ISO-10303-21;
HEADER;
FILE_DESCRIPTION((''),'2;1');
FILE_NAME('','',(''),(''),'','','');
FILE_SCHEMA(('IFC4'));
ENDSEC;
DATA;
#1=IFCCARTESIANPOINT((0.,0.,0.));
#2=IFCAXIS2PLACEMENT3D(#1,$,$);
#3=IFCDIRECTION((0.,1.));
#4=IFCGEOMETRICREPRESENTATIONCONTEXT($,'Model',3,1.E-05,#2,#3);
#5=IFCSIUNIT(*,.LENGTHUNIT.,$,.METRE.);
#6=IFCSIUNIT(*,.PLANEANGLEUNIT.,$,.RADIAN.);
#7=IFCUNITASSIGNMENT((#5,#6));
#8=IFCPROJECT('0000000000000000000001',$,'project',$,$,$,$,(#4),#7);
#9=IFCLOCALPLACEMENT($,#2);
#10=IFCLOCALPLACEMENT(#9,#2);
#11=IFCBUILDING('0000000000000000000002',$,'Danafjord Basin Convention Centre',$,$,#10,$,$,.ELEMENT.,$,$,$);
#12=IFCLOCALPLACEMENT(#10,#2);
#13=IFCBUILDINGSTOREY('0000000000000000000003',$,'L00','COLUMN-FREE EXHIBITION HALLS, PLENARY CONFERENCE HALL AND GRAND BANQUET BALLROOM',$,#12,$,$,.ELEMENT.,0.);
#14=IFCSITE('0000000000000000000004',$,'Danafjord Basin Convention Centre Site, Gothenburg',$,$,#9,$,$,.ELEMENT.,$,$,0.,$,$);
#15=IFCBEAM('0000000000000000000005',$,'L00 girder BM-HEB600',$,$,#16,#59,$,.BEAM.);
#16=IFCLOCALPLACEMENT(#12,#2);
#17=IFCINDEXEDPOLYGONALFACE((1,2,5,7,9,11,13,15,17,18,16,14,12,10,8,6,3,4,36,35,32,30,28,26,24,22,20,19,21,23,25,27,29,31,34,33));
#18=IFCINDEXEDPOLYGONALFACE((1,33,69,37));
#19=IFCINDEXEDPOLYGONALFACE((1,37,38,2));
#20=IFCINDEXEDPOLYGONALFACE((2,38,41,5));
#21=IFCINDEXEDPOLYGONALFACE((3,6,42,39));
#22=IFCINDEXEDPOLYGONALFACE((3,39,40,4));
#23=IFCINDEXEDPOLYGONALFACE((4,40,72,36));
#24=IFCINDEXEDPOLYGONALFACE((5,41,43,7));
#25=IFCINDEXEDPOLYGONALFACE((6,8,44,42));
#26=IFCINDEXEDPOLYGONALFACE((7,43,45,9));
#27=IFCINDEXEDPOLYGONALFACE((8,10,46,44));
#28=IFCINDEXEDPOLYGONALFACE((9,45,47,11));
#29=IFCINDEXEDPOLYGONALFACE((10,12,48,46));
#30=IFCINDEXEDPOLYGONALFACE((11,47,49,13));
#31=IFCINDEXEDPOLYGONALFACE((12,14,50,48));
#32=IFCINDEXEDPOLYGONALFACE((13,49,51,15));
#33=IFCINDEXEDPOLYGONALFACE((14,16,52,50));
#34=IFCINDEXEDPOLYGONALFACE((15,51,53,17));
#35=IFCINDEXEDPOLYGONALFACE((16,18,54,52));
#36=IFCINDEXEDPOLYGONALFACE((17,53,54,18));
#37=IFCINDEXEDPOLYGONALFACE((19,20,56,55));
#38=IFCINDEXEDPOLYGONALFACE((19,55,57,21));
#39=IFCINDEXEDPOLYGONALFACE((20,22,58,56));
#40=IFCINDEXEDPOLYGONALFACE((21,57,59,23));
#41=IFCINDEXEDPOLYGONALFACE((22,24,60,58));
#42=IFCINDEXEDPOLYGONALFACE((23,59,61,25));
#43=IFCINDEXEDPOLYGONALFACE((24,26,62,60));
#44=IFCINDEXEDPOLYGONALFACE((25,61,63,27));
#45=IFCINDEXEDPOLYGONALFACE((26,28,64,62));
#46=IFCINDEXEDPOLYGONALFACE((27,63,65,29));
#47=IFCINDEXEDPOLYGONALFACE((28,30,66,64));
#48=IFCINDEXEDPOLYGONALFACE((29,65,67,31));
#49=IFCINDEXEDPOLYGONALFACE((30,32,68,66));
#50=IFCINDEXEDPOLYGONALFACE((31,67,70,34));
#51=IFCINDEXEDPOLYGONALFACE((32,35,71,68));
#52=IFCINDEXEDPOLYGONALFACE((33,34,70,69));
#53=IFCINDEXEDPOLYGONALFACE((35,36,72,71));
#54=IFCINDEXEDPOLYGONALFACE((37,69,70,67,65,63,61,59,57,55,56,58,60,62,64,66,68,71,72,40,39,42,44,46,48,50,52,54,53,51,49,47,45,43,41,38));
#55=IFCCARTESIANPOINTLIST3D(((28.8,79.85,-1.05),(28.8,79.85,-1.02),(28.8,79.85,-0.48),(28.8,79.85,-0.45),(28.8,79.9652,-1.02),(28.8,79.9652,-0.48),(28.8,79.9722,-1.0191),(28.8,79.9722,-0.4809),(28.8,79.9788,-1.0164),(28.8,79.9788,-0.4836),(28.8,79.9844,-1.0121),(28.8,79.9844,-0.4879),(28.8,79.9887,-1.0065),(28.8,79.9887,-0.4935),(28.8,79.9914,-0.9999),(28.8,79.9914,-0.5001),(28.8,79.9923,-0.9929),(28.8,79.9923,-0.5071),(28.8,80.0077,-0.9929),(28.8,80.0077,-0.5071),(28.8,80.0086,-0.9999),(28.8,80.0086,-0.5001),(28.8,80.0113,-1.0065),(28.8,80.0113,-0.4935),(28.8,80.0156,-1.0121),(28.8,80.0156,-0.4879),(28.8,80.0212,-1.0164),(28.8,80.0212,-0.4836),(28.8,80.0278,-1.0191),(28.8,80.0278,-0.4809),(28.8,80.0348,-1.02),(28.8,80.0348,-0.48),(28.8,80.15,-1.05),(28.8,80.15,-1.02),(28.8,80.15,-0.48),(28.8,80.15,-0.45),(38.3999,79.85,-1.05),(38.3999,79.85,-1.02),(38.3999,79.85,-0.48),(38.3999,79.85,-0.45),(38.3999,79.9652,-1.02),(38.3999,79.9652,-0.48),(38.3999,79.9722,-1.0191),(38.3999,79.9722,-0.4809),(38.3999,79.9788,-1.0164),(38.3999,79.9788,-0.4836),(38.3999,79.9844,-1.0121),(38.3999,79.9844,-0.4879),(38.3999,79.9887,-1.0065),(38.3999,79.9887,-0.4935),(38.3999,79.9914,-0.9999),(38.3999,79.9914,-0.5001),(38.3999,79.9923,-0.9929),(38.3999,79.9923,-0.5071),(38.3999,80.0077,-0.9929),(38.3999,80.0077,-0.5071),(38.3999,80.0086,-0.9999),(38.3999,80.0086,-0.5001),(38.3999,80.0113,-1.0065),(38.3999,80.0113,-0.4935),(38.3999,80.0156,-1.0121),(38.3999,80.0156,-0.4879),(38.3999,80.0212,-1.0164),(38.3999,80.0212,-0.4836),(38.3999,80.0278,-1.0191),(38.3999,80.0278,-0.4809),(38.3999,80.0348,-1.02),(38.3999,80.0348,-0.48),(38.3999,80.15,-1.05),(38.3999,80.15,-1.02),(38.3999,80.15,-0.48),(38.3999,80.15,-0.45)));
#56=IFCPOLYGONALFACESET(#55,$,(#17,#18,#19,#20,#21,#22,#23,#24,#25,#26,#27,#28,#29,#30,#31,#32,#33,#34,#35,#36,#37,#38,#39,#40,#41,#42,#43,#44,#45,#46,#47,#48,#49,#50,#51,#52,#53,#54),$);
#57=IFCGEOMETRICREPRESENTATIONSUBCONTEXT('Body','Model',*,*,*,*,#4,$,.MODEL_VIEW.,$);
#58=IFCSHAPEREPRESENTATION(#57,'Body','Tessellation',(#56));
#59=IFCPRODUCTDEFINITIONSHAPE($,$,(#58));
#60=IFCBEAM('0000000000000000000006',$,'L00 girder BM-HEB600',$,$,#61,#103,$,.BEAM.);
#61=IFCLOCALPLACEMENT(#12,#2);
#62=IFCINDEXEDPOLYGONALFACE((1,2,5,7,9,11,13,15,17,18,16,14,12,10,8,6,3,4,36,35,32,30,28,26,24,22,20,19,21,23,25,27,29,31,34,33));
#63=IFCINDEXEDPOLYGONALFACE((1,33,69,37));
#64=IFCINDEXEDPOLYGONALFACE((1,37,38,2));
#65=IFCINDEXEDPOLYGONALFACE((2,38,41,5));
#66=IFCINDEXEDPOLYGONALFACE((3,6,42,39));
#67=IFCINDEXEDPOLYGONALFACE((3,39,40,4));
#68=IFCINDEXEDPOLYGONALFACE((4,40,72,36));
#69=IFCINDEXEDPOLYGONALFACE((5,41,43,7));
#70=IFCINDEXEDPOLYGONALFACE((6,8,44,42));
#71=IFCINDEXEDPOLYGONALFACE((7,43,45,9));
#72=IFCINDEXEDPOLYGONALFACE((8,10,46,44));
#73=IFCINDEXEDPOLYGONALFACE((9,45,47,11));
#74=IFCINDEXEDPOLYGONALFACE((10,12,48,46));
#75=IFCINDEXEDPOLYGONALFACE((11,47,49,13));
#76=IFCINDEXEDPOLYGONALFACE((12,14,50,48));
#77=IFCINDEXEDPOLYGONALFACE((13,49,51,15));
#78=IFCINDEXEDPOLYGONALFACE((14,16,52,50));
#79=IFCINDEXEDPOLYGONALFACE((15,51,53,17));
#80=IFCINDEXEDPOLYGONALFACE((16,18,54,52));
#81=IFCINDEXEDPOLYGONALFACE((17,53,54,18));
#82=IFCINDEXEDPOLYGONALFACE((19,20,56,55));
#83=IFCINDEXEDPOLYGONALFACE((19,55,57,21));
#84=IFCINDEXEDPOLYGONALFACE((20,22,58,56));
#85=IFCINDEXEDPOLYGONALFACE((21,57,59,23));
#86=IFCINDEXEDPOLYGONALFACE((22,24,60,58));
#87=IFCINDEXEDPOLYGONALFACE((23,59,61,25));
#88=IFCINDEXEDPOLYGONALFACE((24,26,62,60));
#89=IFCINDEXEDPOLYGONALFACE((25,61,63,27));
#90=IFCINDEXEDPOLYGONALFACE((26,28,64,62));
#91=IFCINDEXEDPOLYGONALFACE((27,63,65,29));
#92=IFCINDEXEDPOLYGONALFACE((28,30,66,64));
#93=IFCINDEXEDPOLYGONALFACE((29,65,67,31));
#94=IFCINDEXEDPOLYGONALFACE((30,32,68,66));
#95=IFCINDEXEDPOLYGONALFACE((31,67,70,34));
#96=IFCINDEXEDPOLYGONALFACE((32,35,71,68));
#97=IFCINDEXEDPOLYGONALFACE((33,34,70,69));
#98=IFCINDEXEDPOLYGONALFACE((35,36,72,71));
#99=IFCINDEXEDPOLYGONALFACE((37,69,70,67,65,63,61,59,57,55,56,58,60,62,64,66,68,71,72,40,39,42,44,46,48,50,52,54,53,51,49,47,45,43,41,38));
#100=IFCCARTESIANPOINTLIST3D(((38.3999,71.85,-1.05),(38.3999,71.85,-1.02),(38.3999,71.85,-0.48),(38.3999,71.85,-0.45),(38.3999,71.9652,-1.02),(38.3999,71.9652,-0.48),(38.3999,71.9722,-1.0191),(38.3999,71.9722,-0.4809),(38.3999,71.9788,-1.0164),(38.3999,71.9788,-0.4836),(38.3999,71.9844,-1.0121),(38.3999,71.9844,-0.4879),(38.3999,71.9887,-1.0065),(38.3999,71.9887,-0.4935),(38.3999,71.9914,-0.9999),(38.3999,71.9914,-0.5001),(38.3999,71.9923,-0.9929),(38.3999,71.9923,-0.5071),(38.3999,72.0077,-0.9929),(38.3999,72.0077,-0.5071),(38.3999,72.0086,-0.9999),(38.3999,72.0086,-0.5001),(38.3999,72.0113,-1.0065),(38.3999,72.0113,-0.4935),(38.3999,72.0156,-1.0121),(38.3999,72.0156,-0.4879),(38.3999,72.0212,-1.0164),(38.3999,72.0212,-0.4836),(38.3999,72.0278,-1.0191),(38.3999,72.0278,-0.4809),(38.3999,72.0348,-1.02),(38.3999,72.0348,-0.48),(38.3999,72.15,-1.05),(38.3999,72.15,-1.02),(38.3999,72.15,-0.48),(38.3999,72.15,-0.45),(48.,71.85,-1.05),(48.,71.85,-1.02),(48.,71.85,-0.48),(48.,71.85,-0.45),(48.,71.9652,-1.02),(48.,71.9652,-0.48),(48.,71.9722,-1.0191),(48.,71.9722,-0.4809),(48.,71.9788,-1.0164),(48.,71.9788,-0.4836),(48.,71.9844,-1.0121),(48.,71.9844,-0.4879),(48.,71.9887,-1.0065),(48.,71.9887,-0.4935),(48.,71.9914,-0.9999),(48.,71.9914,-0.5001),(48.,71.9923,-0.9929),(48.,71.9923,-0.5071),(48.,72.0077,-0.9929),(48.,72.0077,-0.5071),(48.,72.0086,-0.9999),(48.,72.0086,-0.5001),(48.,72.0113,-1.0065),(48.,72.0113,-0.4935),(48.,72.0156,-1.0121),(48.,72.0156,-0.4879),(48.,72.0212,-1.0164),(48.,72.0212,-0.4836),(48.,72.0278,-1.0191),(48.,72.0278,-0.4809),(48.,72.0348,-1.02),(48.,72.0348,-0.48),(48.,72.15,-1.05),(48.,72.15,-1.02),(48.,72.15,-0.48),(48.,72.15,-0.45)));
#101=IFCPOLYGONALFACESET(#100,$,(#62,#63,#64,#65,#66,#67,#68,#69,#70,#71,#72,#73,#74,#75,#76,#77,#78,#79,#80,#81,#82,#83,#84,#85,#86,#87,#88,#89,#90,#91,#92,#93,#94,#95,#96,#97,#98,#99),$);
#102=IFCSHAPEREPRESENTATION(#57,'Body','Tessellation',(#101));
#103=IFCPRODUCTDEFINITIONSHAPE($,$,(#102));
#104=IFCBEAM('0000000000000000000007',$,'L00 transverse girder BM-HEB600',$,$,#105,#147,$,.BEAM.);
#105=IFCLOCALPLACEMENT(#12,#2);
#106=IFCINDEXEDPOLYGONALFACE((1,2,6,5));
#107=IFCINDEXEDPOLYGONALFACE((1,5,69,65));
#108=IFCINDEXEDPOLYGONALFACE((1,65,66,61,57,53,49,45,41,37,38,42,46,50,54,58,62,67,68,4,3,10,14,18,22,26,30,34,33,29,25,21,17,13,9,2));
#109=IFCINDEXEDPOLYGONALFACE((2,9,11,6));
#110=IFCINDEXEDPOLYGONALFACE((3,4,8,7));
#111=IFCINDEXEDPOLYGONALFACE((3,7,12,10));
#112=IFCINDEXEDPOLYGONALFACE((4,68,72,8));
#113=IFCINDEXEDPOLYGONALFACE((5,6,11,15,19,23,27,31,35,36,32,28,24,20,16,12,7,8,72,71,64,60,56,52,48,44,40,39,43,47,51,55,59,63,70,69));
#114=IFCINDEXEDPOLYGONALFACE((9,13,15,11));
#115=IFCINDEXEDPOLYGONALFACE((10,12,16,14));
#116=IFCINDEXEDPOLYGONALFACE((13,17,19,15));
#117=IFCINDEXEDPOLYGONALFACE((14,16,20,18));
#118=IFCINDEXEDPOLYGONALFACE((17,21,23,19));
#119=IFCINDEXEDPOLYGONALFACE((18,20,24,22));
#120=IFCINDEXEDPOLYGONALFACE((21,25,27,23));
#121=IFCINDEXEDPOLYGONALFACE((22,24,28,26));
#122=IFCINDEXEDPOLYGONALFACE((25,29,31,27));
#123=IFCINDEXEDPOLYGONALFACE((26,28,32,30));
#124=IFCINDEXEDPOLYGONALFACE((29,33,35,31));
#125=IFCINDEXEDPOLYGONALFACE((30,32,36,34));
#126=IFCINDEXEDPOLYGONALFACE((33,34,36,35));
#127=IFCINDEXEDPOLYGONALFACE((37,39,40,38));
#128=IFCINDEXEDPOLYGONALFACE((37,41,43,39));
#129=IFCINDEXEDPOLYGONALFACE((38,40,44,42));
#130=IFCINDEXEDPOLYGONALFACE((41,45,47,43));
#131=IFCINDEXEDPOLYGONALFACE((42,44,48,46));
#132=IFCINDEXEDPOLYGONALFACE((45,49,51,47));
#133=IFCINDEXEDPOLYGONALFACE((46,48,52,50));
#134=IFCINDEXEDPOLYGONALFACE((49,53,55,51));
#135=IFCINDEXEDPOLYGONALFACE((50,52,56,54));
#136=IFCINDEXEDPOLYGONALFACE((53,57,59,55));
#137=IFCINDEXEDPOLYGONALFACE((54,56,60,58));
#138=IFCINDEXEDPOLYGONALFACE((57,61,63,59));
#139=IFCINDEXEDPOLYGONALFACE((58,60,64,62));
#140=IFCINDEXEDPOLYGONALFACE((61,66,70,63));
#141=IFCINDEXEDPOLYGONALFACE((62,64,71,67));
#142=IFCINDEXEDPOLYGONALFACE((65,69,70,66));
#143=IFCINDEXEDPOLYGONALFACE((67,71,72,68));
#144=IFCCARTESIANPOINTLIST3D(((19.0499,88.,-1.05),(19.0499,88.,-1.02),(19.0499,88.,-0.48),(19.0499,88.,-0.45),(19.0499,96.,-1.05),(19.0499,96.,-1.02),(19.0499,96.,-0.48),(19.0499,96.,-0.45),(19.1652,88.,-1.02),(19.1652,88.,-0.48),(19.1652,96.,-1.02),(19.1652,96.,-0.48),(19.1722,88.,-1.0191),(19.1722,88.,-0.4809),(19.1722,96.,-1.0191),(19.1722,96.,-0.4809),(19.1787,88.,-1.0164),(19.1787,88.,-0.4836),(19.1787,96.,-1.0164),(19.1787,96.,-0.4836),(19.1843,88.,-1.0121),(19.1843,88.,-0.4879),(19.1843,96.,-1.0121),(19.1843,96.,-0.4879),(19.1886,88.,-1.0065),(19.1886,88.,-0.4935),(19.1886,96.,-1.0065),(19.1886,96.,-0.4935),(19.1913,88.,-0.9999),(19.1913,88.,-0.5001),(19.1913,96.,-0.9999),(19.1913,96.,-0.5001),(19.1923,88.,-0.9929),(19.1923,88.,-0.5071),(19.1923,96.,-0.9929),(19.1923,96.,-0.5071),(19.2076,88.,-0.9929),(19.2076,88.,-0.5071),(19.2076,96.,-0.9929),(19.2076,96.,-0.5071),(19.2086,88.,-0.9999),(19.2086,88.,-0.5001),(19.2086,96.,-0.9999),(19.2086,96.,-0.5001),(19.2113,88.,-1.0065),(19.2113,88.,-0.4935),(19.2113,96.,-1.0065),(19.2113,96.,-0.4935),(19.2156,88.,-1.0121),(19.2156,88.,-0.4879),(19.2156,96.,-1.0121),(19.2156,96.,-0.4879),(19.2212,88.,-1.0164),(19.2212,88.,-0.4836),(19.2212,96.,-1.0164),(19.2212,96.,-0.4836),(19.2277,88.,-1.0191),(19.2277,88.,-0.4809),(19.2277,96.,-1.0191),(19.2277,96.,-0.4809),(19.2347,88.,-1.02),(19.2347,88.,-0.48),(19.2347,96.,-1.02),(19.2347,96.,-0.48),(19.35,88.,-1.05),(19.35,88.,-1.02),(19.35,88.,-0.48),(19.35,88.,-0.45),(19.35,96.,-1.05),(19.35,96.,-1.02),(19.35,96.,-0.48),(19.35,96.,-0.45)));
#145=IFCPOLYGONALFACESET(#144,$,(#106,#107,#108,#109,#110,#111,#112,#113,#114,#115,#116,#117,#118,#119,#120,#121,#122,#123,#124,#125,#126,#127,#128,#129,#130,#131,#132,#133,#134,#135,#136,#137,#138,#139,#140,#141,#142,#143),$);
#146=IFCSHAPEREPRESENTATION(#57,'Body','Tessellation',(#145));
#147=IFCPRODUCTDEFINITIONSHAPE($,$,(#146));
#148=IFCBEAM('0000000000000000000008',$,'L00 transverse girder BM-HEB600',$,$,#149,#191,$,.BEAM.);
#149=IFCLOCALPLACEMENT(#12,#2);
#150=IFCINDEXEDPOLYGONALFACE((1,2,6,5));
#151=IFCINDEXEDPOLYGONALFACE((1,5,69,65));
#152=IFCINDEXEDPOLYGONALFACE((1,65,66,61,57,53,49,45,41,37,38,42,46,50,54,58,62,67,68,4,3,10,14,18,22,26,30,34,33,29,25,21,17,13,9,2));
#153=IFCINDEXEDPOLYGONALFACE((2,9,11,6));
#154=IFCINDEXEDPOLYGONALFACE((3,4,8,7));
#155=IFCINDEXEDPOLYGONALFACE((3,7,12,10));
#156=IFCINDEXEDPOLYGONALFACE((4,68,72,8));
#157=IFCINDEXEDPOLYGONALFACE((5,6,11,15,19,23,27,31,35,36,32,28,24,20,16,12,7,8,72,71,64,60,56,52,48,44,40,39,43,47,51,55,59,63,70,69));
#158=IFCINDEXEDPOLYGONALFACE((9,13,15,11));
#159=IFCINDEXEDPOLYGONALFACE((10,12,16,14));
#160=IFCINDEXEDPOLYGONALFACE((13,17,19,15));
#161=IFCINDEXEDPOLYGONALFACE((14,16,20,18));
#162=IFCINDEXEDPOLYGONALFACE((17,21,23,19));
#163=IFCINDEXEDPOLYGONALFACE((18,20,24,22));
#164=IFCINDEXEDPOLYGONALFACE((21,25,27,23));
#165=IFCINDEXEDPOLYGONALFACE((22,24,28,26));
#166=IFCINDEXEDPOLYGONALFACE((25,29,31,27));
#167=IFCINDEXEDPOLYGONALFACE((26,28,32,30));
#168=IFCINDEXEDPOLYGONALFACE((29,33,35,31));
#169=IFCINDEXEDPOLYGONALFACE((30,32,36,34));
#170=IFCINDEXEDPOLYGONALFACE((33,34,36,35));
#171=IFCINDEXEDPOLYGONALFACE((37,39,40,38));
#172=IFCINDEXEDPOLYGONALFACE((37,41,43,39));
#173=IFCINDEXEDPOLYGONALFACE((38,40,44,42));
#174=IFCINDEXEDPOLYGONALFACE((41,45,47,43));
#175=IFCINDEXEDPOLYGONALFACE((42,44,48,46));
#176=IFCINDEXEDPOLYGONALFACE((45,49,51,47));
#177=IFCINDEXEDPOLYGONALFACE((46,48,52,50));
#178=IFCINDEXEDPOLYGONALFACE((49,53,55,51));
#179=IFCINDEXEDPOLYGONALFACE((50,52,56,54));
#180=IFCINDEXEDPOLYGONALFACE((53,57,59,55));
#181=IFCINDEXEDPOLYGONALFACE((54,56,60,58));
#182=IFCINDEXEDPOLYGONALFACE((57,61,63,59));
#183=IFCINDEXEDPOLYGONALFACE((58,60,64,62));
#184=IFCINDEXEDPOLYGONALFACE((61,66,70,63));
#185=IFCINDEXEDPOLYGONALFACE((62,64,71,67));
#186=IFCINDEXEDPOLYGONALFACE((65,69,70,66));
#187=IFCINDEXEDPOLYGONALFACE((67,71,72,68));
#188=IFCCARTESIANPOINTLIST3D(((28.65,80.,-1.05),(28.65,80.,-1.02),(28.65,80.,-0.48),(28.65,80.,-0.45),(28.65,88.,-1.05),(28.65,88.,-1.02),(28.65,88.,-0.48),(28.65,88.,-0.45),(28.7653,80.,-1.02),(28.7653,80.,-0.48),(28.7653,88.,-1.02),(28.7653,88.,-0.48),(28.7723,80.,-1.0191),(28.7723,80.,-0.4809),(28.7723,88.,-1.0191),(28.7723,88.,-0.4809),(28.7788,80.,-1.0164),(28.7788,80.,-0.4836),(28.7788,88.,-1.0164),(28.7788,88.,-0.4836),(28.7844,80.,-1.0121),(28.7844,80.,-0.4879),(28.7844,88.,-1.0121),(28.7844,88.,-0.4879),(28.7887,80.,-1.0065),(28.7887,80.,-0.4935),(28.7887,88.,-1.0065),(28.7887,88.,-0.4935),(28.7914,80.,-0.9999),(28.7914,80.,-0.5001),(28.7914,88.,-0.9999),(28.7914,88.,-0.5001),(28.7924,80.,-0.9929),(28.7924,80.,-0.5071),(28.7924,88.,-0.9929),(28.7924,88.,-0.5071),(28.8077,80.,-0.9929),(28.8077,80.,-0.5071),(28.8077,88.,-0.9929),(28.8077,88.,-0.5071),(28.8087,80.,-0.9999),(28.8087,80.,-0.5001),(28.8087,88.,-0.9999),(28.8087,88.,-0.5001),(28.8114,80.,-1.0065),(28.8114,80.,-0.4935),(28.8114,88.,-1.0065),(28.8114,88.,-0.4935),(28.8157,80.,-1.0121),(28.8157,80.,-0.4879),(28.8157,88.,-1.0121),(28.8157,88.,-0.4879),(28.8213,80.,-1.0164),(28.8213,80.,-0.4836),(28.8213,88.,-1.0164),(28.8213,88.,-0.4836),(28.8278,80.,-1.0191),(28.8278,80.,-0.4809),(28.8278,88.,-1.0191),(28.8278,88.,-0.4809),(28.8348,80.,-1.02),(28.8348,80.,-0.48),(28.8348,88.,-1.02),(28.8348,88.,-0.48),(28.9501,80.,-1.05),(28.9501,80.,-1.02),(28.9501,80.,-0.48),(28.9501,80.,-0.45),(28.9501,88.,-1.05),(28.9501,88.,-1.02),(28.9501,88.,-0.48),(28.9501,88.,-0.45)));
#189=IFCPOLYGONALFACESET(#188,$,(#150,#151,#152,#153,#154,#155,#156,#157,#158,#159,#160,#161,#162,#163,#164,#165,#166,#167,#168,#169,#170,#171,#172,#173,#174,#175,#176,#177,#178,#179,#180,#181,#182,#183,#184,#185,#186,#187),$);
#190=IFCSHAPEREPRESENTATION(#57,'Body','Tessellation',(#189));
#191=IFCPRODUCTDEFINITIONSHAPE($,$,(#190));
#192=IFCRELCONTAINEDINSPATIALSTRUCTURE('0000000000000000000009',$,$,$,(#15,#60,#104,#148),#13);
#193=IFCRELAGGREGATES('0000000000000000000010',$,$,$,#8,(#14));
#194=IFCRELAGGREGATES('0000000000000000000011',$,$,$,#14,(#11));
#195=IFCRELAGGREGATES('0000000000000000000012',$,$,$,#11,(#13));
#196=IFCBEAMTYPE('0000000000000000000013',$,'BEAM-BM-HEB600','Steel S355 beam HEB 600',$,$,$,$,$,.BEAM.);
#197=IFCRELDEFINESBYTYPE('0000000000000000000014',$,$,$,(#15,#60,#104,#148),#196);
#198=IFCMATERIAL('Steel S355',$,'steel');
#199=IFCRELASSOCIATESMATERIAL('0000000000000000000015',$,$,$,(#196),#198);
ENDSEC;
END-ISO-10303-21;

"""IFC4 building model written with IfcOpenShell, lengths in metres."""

from ifc_helpers import new_model, si_unit, direction, frame, origin, origin_2d, place, context, subcontext, project, spatial, i_section, extrude, material, material_profile, profile_set, type_object, element, save


model = new_model("IFC4")

# Units and contexts
model_context = context("Model", 3, precision=1e-05, world=origin(), true_north=direction((0.0, 1.0)))
body_context = subcontext(model_context, "Body", "Model", "MODEL_VIEW")
ifc_project = project(units=[si_unit("LENGTHUNIT", "METRE"), si_unit("PLANEANGLEUNIT", "RADIAN")], contexts=[model_context])

# Site, building, storey
site_placement = place(None, origin())
site = spatial("IfcSite", under=ifc_project, at=site_placement, Name="Danafjord Basin Convention Centre Site, Gothenburg", CompositionType="ELEMENT", RefElevation=0.0)
building_placement = place(site_placement, origin())
building = spatial("IfcBuilding", under=site, at=building_placement, Name="Danafjord Basin Convention Centre", CompositionType="ELEMENT")
storey_placement = place(building_placement, origin())
storey = spatial("IfcBuildingStorey", under=building, at=storey_placement, Name="L00", Description="COLUMN-FREE EXHIBITION HALLS, PLENARY CONFERENCE HALL AND GRAND BANQUET BALLROOM", CompositionType="ELEMENT", Elevation=0.0)

# Beams
ifc_material = material(Name="Steel S355", Category="steel")
ifc_material_profile_1 = material_profile(ifc_material, i_section(OverallWidth=0.3, OverallDepth=0.6001, WebThickness=0.0154, FlangeThickness=0.03, FilletRadius=0.0271, at=origin_2d()), Name="HEB 600")
ifc_profile_set_1 = profile_set([ifc_material_profile_1], Name="Steel S355")
beam_type_1 = type_object("IfcBeamType", Name="BEAM-BM-HEB600", Description="Steel S355 beam HEB 600", PredefinedType="BEAM", material=ifc_profile_set_1)
beam_1_placement = place(storey_placement, frame((28.8, 80.0, -0.75), z_axis=(1.0, 0.0, 0.0), x_axis=(0.0, 1.0, 0.0)))
element("IfcBeam", 1, at=beam_1_placement, inside=storey, type_object=beam_type_1, Name="L00 girder BM-HEB600", PredefinedType="BEAM", context=body_context, shape_type="SweptSolid", body=[
    extrude(i_section(OverallWidth=0.3, OverallDepth=0.6001, WebThickness=0.0154, FlangeThickness=0.03, FilletRadius=0.0271, at=origin_2d()), origin(), (0.0, 0.0, 1.0), 9.5999),
])
beam_2_placement = place(storey_placement, frame((38.3999, 72.0, -0.75), z_axis=(1.0, 0.0, 0.0), x_axis=(0.0, 1.0, 0.0)))
element("IfcBeam", 2, at=beam_2_placement, inside=storey, type_object=beam_type_1, Name="L00 girder BM-HEB600", PredefinedType="BEAM", context=body_context, shape_type="SweptSolid", body=[
    extrude(i_section(OverallWidth=0.3, OverallDepth=0.6001, WebThickness=0.0154, FlangeThickness=0.03, FilletRadius=0.0271, at=origin_2d()), origin(), (0.0, 0.0, 1.0), 9.6001),
])
for number, where, z_axis, x_axis, name in (
    (3, (19.2, 88.0, -0.75), (0.0, 1.0, 0.0), (-1.0, 0.0, 0.0), "L00 transverse girder BM-HEB600"),
    (4, (28.8, 80.0, -0.75), (0.0, 1.0, 0.0), (-1.0, 0.0, 0.0), "L00 transverse girder BM-HEB600"),
):
    element("IfcBeam", number, at=place(storey_placement, frame(where, z_axis=z_axis, x_axis=x_axis)), inside=storey, type_object=beam_type_1, Name=name, PredefinedType="BEAM", context=body_context, shape_type="SweptSolid", body=[
        extrude(i_section(OverallWidth=0.3, OverallDepth=0.6001, WebThickness=0.0154, FlangeThickness=0.03, FilletRadius=0.0271, at=origin_2d()), origin(), (0.0, 0.0, 1.0), 8.0),
    ])

save(model, "model.ifc")
